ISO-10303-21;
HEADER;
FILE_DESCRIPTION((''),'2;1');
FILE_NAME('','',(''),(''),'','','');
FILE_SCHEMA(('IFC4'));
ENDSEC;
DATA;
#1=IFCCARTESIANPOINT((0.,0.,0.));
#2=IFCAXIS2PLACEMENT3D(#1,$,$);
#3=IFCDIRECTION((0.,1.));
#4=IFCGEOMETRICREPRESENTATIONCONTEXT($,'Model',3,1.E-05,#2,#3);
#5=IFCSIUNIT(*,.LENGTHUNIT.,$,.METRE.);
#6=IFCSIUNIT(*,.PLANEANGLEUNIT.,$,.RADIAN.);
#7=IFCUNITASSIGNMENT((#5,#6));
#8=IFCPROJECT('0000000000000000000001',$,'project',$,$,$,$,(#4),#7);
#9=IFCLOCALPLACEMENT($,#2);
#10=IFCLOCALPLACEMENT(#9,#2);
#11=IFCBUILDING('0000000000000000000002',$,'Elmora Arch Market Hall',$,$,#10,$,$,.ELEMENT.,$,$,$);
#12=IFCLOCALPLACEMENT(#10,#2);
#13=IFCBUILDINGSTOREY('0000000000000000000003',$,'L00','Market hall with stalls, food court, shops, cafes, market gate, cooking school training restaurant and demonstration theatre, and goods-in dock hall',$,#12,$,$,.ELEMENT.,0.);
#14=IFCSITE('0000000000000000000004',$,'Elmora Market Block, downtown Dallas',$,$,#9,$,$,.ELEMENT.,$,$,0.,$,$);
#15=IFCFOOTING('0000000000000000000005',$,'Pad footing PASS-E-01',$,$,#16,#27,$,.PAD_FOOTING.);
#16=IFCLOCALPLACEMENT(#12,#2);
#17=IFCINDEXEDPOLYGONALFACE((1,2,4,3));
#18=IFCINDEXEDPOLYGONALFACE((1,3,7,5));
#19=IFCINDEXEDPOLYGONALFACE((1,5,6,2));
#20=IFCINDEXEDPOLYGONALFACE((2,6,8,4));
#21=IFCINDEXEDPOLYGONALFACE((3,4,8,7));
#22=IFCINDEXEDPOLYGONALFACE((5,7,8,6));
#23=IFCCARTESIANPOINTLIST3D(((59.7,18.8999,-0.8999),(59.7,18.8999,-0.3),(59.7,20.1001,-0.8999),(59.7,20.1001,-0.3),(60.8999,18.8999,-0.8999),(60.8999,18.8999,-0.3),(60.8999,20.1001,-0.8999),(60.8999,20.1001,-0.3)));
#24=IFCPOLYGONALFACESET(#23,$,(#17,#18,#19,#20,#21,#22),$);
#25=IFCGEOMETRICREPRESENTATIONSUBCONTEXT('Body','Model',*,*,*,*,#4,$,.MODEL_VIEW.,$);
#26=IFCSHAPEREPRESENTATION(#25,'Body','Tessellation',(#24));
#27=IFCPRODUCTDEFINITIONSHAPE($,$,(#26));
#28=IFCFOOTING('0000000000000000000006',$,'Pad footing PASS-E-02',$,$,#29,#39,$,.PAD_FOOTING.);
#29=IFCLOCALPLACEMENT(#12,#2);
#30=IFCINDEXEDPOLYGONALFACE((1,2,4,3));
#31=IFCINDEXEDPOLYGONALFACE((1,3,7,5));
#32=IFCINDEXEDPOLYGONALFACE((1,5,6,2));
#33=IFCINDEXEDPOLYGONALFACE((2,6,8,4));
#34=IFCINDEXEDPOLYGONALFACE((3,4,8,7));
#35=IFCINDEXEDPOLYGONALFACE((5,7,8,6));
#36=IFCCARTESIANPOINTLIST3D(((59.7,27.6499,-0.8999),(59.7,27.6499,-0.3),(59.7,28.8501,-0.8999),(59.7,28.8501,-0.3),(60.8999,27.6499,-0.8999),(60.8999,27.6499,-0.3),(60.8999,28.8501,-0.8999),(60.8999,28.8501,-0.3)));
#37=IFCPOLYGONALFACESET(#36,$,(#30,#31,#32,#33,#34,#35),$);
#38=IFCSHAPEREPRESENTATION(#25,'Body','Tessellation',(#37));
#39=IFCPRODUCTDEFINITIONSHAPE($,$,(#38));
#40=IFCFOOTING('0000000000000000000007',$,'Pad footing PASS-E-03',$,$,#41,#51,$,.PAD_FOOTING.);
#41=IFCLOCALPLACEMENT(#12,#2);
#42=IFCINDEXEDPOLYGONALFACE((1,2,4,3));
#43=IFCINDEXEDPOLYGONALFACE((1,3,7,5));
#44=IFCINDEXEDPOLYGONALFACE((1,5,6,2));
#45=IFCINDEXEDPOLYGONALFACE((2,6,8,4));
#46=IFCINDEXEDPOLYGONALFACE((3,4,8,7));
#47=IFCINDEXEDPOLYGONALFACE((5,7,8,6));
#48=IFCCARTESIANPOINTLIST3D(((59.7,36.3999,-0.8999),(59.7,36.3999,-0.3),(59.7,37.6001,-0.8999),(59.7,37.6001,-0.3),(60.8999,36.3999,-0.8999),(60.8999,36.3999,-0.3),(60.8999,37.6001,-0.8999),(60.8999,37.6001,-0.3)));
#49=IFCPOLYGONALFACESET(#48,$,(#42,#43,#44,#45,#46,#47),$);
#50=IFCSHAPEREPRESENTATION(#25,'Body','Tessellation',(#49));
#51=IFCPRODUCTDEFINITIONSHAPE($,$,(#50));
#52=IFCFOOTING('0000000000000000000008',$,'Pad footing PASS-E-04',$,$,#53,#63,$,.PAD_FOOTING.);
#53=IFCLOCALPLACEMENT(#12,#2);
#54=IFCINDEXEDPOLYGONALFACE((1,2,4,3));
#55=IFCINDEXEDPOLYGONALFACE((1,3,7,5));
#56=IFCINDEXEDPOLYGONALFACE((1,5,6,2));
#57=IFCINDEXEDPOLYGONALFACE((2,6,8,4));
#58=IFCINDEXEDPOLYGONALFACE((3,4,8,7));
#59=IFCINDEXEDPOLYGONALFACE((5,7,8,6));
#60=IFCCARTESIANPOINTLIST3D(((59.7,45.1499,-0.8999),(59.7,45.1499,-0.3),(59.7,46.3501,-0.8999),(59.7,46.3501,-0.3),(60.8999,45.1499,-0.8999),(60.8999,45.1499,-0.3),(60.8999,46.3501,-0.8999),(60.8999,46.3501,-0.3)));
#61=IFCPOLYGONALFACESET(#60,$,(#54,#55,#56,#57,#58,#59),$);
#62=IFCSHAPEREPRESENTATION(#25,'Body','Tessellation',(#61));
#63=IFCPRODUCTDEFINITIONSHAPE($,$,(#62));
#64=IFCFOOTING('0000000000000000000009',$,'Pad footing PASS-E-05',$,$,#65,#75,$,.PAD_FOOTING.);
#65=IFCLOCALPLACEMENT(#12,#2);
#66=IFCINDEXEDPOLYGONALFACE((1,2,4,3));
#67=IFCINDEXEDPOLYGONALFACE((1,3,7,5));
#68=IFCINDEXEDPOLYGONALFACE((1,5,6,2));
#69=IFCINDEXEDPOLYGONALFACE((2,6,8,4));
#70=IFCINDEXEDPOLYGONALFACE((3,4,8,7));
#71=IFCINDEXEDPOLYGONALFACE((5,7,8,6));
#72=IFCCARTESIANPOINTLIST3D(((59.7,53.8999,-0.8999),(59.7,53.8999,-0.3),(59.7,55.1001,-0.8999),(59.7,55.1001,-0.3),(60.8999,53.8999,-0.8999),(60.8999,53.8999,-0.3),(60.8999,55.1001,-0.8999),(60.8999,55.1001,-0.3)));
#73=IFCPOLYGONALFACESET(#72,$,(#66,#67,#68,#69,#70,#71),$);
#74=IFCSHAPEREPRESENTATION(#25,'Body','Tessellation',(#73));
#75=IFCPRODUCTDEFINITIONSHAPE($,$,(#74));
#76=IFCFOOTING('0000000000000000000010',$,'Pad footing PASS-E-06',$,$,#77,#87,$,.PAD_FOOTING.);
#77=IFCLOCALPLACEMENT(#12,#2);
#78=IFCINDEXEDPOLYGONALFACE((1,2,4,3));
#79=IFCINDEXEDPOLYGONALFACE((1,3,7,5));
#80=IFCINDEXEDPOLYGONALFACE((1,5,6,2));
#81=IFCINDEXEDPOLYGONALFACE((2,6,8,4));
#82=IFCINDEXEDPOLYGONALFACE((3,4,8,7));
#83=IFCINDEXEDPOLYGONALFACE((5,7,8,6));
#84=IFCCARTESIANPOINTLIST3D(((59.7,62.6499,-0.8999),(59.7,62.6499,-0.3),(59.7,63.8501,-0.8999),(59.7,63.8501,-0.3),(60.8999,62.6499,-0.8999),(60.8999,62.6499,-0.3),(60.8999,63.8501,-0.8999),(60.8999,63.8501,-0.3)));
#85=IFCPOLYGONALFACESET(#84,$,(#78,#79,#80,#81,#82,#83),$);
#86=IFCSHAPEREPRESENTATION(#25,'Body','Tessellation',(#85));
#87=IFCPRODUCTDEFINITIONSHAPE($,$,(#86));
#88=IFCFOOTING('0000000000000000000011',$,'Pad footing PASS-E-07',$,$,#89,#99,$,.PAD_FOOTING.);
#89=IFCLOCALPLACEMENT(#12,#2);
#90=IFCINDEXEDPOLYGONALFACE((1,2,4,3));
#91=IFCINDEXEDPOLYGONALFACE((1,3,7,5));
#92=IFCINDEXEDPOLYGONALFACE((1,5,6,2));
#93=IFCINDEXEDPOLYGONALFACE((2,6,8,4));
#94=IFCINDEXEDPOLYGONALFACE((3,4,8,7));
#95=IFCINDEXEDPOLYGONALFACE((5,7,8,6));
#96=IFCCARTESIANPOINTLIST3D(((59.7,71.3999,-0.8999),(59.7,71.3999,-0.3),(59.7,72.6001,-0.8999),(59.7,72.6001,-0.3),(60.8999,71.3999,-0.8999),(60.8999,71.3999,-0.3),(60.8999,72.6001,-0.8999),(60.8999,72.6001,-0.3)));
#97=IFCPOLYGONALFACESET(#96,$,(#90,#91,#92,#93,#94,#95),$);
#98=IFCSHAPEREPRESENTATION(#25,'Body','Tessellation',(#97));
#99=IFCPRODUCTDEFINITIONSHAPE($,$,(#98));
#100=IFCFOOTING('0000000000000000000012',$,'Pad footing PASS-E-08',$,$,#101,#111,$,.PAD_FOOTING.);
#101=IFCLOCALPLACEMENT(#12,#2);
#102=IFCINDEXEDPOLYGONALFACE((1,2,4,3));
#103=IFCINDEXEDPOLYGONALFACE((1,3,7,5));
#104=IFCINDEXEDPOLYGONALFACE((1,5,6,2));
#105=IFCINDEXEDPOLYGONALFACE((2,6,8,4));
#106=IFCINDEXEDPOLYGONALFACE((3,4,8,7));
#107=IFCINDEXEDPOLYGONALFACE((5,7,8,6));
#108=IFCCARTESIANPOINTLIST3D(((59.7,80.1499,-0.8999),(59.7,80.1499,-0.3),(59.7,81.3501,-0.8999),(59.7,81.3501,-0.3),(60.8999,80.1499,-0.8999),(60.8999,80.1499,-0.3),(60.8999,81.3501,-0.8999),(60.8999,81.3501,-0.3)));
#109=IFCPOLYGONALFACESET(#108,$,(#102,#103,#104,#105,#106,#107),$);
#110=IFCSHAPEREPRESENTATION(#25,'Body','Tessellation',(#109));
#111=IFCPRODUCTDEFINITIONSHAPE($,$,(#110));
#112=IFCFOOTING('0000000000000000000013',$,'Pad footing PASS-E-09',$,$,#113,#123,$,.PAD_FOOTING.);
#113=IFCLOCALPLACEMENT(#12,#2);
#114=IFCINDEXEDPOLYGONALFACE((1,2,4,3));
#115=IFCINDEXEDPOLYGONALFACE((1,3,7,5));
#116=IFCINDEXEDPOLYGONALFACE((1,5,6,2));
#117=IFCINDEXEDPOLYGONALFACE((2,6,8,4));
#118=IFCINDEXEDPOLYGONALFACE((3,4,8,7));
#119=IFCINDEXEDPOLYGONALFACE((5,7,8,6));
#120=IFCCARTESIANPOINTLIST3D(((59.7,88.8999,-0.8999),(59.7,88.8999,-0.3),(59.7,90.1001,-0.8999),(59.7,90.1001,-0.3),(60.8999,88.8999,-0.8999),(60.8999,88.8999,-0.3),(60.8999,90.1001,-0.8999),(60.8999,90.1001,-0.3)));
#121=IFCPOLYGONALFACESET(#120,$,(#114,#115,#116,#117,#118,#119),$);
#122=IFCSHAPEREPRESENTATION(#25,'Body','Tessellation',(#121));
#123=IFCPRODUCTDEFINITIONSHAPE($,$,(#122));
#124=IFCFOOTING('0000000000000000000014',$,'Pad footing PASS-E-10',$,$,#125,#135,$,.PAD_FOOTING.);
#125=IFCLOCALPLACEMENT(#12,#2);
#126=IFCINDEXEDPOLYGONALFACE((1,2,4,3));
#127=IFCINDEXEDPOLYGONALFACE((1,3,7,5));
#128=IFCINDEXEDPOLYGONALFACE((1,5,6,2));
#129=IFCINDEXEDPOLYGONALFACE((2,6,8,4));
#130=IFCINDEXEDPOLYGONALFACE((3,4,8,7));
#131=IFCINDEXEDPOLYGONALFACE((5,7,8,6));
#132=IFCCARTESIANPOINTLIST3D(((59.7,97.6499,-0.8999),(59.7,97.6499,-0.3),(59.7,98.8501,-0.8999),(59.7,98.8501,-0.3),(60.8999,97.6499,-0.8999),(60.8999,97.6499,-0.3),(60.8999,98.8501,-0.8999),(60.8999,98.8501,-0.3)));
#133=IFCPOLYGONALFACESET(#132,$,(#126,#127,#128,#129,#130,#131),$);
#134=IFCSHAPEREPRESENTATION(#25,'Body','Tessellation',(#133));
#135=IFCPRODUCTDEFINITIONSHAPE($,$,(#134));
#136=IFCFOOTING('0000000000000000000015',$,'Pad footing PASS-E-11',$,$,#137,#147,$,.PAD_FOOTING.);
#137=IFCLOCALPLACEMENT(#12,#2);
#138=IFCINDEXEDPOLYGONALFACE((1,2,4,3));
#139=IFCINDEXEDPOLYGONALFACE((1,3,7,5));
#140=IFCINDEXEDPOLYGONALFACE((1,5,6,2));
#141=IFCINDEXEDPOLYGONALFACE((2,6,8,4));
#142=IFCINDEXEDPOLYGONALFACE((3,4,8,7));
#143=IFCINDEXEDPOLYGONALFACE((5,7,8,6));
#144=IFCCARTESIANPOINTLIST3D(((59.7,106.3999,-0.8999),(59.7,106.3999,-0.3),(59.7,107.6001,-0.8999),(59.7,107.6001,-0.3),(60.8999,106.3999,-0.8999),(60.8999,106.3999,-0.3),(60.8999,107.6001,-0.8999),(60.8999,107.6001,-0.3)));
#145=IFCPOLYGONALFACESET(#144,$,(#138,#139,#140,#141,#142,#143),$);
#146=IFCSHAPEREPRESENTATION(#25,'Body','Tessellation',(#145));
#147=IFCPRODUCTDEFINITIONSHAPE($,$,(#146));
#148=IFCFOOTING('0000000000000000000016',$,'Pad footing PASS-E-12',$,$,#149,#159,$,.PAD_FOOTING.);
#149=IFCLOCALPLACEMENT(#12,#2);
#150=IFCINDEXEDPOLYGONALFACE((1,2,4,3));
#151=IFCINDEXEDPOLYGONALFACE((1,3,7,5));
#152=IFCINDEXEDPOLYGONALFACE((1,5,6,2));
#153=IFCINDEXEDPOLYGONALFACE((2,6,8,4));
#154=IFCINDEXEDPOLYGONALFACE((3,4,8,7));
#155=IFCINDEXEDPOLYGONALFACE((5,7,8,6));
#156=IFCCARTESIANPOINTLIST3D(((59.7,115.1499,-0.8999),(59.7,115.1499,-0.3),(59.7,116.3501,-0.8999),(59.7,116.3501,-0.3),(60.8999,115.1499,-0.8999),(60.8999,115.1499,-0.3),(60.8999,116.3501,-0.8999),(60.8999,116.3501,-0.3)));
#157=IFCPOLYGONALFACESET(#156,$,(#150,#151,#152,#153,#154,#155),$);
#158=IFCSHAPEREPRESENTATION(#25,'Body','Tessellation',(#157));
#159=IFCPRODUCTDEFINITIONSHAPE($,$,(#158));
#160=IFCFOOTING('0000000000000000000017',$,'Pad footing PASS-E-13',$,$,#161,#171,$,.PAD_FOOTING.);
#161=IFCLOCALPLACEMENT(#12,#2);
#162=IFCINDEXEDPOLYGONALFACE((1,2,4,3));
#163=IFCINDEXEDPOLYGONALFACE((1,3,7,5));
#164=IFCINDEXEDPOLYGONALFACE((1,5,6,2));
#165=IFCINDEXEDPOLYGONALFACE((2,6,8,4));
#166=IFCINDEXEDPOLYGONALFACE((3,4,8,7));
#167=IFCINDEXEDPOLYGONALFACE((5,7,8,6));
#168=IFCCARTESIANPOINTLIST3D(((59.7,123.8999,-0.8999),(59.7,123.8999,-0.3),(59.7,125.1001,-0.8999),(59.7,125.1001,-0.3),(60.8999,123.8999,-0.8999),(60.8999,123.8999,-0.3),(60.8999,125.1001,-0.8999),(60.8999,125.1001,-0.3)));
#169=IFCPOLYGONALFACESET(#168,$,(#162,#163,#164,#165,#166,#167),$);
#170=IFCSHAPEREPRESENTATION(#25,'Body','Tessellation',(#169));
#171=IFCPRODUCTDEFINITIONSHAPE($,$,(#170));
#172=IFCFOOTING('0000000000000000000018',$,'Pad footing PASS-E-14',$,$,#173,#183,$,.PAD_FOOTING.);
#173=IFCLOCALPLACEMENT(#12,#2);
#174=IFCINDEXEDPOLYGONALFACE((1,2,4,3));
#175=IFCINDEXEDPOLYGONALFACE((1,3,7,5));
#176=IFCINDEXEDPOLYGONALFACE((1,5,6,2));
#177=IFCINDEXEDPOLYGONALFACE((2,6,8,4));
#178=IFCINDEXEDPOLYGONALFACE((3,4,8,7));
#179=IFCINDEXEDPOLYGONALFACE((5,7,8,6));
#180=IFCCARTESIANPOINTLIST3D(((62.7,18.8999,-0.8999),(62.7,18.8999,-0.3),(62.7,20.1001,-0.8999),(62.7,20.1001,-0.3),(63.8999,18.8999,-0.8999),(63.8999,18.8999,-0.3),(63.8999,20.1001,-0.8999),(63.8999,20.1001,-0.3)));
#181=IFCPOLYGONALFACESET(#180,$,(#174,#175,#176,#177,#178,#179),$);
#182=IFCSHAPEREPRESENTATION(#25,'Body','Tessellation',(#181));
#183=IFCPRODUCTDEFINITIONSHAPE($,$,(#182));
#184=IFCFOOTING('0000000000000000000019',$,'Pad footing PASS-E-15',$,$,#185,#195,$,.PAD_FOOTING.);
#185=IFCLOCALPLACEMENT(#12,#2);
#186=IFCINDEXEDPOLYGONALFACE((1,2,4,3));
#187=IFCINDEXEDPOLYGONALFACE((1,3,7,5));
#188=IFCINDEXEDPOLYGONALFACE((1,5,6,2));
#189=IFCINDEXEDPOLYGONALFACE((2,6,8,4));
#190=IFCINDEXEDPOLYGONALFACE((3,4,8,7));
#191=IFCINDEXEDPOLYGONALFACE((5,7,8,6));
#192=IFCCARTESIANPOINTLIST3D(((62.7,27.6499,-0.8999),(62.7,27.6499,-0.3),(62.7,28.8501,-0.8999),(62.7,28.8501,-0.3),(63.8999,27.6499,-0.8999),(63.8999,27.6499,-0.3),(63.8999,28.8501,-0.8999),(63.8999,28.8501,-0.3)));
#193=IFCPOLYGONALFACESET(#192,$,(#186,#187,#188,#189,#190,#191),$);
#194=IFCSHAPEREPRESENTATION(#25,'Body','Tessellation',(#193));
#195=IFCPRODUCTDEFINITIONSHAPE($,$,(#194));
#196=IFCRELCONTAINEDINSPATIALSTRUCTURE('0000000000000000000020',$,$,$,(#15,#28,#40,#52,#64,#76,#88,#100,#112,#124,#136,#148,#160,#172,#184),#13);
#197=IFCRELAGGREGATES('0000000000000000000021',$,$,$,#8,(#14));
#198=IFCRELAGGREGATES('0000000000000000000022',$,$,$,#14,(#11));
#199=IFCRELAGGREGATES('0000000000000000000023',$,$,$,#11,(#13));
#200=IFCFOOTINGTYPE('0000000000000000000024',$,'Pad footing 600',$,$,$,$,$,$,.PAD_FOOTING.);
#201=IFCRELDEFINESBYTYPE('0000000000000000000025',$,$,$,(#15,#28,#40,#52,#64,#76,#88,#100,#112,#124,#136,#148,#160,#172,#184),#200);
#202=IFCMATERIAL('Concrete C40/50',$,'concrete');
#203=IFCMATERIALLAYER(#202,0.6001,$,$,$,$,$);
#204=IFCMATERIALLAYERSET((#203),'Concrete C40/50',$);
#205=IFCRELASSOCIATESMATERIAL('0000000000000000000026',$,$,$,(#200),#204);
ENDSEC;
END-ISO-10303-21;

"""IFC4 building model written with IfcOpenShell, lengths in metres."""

from ifc_helpers import new_model, si_unit, direction, frame, origin, place, context, subcontext, project, spatial, polyline, outline, extrude, material, layer, layer_set, type_object, element, save


model = new_model("IFC4")

# Units and contexts
model_context = context("Model", 3, precision=1e-05, world=origin(), true_north=direction((0.0, 1.0)))
body_context = subcontext(model_context, "Body", "Model", "MODEL_VIEW")
ifc_project = project(units=[si_unit("LENGTHUNIT", "METRE"), si_unit("PLANEANGLEUNIT", "RADIAN")], contexts=[model_context])

# Site, building, storey
site_placement = place(None, origin())
site = spatial("IfcSite", under=ifc_project, at=site_placement, Name="Elmora Market Block, downtown Dallas", CompositionType="ELEMENT", RefElevation=0.0)
building_placement = place(site_placement, origin())
building = spatial("IfcBuilding", under=site, at=building_placement, Name="Elmora Arch Market Hall", CompositionType="ELEMENT")
storey_placement = place(building_placement, origin())
storey = spatial("IfcBuildingStorey", under=building, at=storey_placement, Name="L00", Description="Market hall with stalls, food court, shops, cafes, market gate, cooking school training restaurant and demonstration theatre, and goods-in dock hall", CompositionType="ELEMENT", Elevation=0.0)

# Footings
ifc_material_1 = material(Name="Concrete C40/50", Category="concrete")
ifc_layer_1 = layer(ifc_material_1, 0.6001)
ifc_layer_set_1 = layer_set([ifc_layer_1], Name="Concrete C40/50")
footing_type_1 = type_object("IfcFootingType", Name="Pad footing 600", PredefinedType="PAD_FOOTING", material=ifc_layer_set_1)
footing_1_placement = place(storey_placement, frame((0.0, 0.0, -0.8999)))
element("IfcFooting", 1, at=footing_1_placement, inside=storey, type_object=footing_type_1, Name="Pad footing PASS-E-01", PredefinedType="PAD_FOOTING", context=body_context, shape_type="SweptSolid", body=[
    extrude(outline(polyline([(59.7, 18.8999), (60.8999, 18.8999), (60.8999, 20.1001), (59.7, 20.1001), (59.7, 18.8999)])), origin(), (0.0, 0.0, 1.0), 0.5999),
])
footing_2_placement = place(storey_placement, frame((0.0, 0.0, -0.8999)))
element("IfcFooting", 2, at=footing_2_placement, inside=storey, type_object=footing_type_1, Name="Pad footing PASS-E-02", PredefinedType="PAD_FOOTING", context=body_context, shape_type="SweptSolid", body=[
    extrude(outline(polyline([(59.7, 27.6499), (60.8999, 27.6499), (60.8999, 28.8501), (59.7, 28.8501), (59.7, 27.6499)])), origin(), (0.0, 0.0, 1.0), 0.5999),
])
footing_3_placement = place(storey_placement, frame((0.0, 0.0, -0.8999)))
element("IfcFooting", 3, at=footing_3_placement, inside=storey, type_object=footing_type_1, Name="Pad footing PASS-E-03", PredefinedType="PAD_FOOTING", context=body_context, shape_type="SweptSolid", body=[
    extrude(outline(polyline([(59.7, 36.3999), (60.8999, 36.3999), (60.8999, 37.6001), (59.7, 37.6001), (59.7, 36.3999)])), origin(), (0.0, 0.0, 1.0), 0.5999),
])
footing_4_placement = place(storey_placement, frame((0.0, 0.0, -0.8999)))
element("IfcFooting", 4, at=footing_4_placement, inside=storey, type_object=footing_type_1, Name="Pad footing PASS-E-04", PredefinedType="PAD_FOOTING", context=body_context, shape_type="SweptSolid", body=[
    extrude(outline(polyline([(59.7, 45.1499), (60.8999, 45.1499), (60.8999, 46.3501), (59.7, 46.3501), (59.7, 45.1499)])), origin(), (0.0, 0.0, 1.0), 0.5999),
])
footing_5_placement = place(storey_placement, frame((0.0, 0.0, -0.8999)))
element("IfcFooting", 5, at=footing_5_placement, inside=storey, type_object=footing_type_1, Name="Pad footing PASS-E-05", PredefinedType="PAD_FOOTING", context=body_context, shape_type="SweptSolid", body=[
    extrude(outline(polyline([(59.7, 53.8999), (60.8999, 53.8999), (60.8999, 55.1001), (59.7, 55.1001), (59.7, 53.8999)])), origin(), (0.0, 0.0, 1.0), 0.5999),
])
footing_6_placement = place(storey_placement, frame((0.0, 0.0, -0.8999)))
element("IfcFooting", 6, at=footing_6_placement, inside=storey, type_object=footing_type_1, Name="Pad footing PASS-E-06", PredefinedType="PAD_FOOTING", context=body_context, shape_type="SweptSolid", body=[
    extrude(outline(polyline([(59.7, 62.6499), (60.8999, 62.6499), (60.8999, 63.8501), (59.7, 63.8501), (59.7, 62.6499)])), origin(), (0.0, 0.0, 1.0), 0.5999),
])
footing_7_placement = place(storey_placement, frame((0.0, 0.0, -0.8999)))
element("IfcFooting", 7, at=footing_7_placement, inside=storey, type_object=footing_type_1, Name="Pad footing PASS-E-07", PredefinedType="PAD_FOOTING", context=body_context, shape_type="SweptSolid", body=[
    extrude(outline(polyline([(59.7, 71.3999), (60.8999, 71.3999), (60.8999, 72.6001), (59.7, 72.6001), (59.7, 71.3999)])), origin(), (0.0, 0.0, 1.0), 0.5999),
])
footing_8_placement = place(storey_placement, frame((0.0, 0.0, -0.8999)))
element("IfcFooting", 8, at=footing_8_placement, inside=storey, type_object=footing_type_1, Name="Pad footing PASS-E-08", PredefinedType="PAD_FOOTING", context=body_context, shape_type="SweptSolid", body=[
    extrude(outline(polyline([(59.7, 80.1499), (60.8999, 80.1499), (60.8999, 81.3501), (59.7, 81.3501), (59.7, 80.1499)])), origin(), (0.0, 0.0, 1.0), 0.5999),
])
footing_9_placement = place(storey_placement, frame((0.0, 0.0, -0.8999)))
element("IfcFooting", 9, at=footing_9_placement, inside=storey, type_object=footing_type_1, Name="Pad footing PASS-E-09", PredefinedType="PAD_FOOTING", context=body_context, shape_type="SweptSolid", body=[
    extrude(outline(polyline([(59.7, 88.8999), (60.8999, 88.8999), (60.8999, 90.1001), (59.7, 90.1001), (59.7, 88.8999)])), origin(), (0.0, 0.0, 1.0), 0.5999),
])
footing_10_placement = place(storey_placement, frame((0.0, 0.0, -0.8999)))
element("IfcFooting", 10, at=footing_10_placement, inside=storey, type_object=footing_type_1, Name="Pad footing PASS-E-10", PredefinedType="PAD_FOOTING", context=body_context, shape_type="SweptSolid", body=[
    extrude(outline(polyline([(59.7, 97.6499), (60.8999, 97.6499), (60.8999, 98.8501), (59.7, 98.8501), (59.7, 97.6499)])), origin(), (0.0, 0.0, 1.0), 0.5999),
])
footing_11_placement = place(storey_placement, frame((0.0, 0.0, -0.8999)))
element("IfcFooting", 11, at=footing_11_placement, inside=storey, type_object=footing_type_1, Name="Pad footing PASS-E-11", PredefinedType="PAD_FOOTING", context=body_context, shape_type="SweptSolid", body=[
    extrude(outline(polyline([(59.7, 106.3999), (60.8999, 106.3999), (60.8999, 107.6001), (59.7, 107.6001), (59.7, 106.3999)])), origin(), (0.0, 0.0, 1.0), 0.5999),
])
footing_12_placement = place(storey_placement, frame((0.0, 0.0, -0.8999)))
element("IfcFooting", 12, at=footing_12_placement, inside=storey, type_object=footing_type_1, Name="Pad footing PASS-E-12", PredefinedType="PAD_FOOTING", context=body_context, shape_type="SweptSolid", body=[
    extrude(outline(polyline([(59.7, 115.1499), (60.8999, 115.1499), (60.8999, 116.3501), (59.7, 116.3501), (59.7, 115.1499)])), origin(), (0.0, 0.0, 1.0), 0.5999),
])
footing_13_placement = place(storey_placement, frame((0.0, 0.0, -0.8999)))
element("IfcFooting", 13, at=footing_13_placement, inside=storey, type_object=footing_type_1, Name="Pad footing PASS-E-13", PredefinedType="PAD_FOOTING", context=body_context, shape_type="SweptSolid", body=[
    extrude(outline(polyline([(59.7, 123.8999), (60.8999, 123.8999), (60.8999, 125.1001), (59.7, 125.1001), (59.7, 123.8999)])), origin(), (0.0, 0.0, 1.0), 0.5999),
])
footing_14_placement = place(storey_placement, frame((0.0, 0.0, -0.8999)))
element("IfcFooting", 14, at=footing_14_placement, inside=storey, type_object=footing_type_1, Name="Pad footing PASS-E-14", PredefinedType="PAD_FOOTING", context=body_context, shape_type="SweptSolid", body=[
    extrude(outline(polyline([(62.7, 18.8999), (63.8999, 18.8999), (63.8999, 20.1001), (62.7, 20.1001), (62.7, 18.8999)])), origin(), (0.0, 0.0, 1.0), 0.5999),
])
footing_15_placement = place(storey_placement, frame((0.0, 0.0, -0.8999)))
element("IfcFooting", 15, at=footing_15_placement, inside=storey, type_object=footing_type_1, Name="Pad footing PASS-E-15", PredefinedType="PAD_FOOTING", context=body_context, shape_type="SweptSolid", body=[
    extrude(outline(polyline([(62.7, 27.6499), (63.8999, 27.6499), (63.8999, 28.8501), (62.7, 28.8501), (62.7, 27.6499)])), origin(), (0.0, 0.0, 1.0), 0.5999),
])

save(model, "model.ifc")
